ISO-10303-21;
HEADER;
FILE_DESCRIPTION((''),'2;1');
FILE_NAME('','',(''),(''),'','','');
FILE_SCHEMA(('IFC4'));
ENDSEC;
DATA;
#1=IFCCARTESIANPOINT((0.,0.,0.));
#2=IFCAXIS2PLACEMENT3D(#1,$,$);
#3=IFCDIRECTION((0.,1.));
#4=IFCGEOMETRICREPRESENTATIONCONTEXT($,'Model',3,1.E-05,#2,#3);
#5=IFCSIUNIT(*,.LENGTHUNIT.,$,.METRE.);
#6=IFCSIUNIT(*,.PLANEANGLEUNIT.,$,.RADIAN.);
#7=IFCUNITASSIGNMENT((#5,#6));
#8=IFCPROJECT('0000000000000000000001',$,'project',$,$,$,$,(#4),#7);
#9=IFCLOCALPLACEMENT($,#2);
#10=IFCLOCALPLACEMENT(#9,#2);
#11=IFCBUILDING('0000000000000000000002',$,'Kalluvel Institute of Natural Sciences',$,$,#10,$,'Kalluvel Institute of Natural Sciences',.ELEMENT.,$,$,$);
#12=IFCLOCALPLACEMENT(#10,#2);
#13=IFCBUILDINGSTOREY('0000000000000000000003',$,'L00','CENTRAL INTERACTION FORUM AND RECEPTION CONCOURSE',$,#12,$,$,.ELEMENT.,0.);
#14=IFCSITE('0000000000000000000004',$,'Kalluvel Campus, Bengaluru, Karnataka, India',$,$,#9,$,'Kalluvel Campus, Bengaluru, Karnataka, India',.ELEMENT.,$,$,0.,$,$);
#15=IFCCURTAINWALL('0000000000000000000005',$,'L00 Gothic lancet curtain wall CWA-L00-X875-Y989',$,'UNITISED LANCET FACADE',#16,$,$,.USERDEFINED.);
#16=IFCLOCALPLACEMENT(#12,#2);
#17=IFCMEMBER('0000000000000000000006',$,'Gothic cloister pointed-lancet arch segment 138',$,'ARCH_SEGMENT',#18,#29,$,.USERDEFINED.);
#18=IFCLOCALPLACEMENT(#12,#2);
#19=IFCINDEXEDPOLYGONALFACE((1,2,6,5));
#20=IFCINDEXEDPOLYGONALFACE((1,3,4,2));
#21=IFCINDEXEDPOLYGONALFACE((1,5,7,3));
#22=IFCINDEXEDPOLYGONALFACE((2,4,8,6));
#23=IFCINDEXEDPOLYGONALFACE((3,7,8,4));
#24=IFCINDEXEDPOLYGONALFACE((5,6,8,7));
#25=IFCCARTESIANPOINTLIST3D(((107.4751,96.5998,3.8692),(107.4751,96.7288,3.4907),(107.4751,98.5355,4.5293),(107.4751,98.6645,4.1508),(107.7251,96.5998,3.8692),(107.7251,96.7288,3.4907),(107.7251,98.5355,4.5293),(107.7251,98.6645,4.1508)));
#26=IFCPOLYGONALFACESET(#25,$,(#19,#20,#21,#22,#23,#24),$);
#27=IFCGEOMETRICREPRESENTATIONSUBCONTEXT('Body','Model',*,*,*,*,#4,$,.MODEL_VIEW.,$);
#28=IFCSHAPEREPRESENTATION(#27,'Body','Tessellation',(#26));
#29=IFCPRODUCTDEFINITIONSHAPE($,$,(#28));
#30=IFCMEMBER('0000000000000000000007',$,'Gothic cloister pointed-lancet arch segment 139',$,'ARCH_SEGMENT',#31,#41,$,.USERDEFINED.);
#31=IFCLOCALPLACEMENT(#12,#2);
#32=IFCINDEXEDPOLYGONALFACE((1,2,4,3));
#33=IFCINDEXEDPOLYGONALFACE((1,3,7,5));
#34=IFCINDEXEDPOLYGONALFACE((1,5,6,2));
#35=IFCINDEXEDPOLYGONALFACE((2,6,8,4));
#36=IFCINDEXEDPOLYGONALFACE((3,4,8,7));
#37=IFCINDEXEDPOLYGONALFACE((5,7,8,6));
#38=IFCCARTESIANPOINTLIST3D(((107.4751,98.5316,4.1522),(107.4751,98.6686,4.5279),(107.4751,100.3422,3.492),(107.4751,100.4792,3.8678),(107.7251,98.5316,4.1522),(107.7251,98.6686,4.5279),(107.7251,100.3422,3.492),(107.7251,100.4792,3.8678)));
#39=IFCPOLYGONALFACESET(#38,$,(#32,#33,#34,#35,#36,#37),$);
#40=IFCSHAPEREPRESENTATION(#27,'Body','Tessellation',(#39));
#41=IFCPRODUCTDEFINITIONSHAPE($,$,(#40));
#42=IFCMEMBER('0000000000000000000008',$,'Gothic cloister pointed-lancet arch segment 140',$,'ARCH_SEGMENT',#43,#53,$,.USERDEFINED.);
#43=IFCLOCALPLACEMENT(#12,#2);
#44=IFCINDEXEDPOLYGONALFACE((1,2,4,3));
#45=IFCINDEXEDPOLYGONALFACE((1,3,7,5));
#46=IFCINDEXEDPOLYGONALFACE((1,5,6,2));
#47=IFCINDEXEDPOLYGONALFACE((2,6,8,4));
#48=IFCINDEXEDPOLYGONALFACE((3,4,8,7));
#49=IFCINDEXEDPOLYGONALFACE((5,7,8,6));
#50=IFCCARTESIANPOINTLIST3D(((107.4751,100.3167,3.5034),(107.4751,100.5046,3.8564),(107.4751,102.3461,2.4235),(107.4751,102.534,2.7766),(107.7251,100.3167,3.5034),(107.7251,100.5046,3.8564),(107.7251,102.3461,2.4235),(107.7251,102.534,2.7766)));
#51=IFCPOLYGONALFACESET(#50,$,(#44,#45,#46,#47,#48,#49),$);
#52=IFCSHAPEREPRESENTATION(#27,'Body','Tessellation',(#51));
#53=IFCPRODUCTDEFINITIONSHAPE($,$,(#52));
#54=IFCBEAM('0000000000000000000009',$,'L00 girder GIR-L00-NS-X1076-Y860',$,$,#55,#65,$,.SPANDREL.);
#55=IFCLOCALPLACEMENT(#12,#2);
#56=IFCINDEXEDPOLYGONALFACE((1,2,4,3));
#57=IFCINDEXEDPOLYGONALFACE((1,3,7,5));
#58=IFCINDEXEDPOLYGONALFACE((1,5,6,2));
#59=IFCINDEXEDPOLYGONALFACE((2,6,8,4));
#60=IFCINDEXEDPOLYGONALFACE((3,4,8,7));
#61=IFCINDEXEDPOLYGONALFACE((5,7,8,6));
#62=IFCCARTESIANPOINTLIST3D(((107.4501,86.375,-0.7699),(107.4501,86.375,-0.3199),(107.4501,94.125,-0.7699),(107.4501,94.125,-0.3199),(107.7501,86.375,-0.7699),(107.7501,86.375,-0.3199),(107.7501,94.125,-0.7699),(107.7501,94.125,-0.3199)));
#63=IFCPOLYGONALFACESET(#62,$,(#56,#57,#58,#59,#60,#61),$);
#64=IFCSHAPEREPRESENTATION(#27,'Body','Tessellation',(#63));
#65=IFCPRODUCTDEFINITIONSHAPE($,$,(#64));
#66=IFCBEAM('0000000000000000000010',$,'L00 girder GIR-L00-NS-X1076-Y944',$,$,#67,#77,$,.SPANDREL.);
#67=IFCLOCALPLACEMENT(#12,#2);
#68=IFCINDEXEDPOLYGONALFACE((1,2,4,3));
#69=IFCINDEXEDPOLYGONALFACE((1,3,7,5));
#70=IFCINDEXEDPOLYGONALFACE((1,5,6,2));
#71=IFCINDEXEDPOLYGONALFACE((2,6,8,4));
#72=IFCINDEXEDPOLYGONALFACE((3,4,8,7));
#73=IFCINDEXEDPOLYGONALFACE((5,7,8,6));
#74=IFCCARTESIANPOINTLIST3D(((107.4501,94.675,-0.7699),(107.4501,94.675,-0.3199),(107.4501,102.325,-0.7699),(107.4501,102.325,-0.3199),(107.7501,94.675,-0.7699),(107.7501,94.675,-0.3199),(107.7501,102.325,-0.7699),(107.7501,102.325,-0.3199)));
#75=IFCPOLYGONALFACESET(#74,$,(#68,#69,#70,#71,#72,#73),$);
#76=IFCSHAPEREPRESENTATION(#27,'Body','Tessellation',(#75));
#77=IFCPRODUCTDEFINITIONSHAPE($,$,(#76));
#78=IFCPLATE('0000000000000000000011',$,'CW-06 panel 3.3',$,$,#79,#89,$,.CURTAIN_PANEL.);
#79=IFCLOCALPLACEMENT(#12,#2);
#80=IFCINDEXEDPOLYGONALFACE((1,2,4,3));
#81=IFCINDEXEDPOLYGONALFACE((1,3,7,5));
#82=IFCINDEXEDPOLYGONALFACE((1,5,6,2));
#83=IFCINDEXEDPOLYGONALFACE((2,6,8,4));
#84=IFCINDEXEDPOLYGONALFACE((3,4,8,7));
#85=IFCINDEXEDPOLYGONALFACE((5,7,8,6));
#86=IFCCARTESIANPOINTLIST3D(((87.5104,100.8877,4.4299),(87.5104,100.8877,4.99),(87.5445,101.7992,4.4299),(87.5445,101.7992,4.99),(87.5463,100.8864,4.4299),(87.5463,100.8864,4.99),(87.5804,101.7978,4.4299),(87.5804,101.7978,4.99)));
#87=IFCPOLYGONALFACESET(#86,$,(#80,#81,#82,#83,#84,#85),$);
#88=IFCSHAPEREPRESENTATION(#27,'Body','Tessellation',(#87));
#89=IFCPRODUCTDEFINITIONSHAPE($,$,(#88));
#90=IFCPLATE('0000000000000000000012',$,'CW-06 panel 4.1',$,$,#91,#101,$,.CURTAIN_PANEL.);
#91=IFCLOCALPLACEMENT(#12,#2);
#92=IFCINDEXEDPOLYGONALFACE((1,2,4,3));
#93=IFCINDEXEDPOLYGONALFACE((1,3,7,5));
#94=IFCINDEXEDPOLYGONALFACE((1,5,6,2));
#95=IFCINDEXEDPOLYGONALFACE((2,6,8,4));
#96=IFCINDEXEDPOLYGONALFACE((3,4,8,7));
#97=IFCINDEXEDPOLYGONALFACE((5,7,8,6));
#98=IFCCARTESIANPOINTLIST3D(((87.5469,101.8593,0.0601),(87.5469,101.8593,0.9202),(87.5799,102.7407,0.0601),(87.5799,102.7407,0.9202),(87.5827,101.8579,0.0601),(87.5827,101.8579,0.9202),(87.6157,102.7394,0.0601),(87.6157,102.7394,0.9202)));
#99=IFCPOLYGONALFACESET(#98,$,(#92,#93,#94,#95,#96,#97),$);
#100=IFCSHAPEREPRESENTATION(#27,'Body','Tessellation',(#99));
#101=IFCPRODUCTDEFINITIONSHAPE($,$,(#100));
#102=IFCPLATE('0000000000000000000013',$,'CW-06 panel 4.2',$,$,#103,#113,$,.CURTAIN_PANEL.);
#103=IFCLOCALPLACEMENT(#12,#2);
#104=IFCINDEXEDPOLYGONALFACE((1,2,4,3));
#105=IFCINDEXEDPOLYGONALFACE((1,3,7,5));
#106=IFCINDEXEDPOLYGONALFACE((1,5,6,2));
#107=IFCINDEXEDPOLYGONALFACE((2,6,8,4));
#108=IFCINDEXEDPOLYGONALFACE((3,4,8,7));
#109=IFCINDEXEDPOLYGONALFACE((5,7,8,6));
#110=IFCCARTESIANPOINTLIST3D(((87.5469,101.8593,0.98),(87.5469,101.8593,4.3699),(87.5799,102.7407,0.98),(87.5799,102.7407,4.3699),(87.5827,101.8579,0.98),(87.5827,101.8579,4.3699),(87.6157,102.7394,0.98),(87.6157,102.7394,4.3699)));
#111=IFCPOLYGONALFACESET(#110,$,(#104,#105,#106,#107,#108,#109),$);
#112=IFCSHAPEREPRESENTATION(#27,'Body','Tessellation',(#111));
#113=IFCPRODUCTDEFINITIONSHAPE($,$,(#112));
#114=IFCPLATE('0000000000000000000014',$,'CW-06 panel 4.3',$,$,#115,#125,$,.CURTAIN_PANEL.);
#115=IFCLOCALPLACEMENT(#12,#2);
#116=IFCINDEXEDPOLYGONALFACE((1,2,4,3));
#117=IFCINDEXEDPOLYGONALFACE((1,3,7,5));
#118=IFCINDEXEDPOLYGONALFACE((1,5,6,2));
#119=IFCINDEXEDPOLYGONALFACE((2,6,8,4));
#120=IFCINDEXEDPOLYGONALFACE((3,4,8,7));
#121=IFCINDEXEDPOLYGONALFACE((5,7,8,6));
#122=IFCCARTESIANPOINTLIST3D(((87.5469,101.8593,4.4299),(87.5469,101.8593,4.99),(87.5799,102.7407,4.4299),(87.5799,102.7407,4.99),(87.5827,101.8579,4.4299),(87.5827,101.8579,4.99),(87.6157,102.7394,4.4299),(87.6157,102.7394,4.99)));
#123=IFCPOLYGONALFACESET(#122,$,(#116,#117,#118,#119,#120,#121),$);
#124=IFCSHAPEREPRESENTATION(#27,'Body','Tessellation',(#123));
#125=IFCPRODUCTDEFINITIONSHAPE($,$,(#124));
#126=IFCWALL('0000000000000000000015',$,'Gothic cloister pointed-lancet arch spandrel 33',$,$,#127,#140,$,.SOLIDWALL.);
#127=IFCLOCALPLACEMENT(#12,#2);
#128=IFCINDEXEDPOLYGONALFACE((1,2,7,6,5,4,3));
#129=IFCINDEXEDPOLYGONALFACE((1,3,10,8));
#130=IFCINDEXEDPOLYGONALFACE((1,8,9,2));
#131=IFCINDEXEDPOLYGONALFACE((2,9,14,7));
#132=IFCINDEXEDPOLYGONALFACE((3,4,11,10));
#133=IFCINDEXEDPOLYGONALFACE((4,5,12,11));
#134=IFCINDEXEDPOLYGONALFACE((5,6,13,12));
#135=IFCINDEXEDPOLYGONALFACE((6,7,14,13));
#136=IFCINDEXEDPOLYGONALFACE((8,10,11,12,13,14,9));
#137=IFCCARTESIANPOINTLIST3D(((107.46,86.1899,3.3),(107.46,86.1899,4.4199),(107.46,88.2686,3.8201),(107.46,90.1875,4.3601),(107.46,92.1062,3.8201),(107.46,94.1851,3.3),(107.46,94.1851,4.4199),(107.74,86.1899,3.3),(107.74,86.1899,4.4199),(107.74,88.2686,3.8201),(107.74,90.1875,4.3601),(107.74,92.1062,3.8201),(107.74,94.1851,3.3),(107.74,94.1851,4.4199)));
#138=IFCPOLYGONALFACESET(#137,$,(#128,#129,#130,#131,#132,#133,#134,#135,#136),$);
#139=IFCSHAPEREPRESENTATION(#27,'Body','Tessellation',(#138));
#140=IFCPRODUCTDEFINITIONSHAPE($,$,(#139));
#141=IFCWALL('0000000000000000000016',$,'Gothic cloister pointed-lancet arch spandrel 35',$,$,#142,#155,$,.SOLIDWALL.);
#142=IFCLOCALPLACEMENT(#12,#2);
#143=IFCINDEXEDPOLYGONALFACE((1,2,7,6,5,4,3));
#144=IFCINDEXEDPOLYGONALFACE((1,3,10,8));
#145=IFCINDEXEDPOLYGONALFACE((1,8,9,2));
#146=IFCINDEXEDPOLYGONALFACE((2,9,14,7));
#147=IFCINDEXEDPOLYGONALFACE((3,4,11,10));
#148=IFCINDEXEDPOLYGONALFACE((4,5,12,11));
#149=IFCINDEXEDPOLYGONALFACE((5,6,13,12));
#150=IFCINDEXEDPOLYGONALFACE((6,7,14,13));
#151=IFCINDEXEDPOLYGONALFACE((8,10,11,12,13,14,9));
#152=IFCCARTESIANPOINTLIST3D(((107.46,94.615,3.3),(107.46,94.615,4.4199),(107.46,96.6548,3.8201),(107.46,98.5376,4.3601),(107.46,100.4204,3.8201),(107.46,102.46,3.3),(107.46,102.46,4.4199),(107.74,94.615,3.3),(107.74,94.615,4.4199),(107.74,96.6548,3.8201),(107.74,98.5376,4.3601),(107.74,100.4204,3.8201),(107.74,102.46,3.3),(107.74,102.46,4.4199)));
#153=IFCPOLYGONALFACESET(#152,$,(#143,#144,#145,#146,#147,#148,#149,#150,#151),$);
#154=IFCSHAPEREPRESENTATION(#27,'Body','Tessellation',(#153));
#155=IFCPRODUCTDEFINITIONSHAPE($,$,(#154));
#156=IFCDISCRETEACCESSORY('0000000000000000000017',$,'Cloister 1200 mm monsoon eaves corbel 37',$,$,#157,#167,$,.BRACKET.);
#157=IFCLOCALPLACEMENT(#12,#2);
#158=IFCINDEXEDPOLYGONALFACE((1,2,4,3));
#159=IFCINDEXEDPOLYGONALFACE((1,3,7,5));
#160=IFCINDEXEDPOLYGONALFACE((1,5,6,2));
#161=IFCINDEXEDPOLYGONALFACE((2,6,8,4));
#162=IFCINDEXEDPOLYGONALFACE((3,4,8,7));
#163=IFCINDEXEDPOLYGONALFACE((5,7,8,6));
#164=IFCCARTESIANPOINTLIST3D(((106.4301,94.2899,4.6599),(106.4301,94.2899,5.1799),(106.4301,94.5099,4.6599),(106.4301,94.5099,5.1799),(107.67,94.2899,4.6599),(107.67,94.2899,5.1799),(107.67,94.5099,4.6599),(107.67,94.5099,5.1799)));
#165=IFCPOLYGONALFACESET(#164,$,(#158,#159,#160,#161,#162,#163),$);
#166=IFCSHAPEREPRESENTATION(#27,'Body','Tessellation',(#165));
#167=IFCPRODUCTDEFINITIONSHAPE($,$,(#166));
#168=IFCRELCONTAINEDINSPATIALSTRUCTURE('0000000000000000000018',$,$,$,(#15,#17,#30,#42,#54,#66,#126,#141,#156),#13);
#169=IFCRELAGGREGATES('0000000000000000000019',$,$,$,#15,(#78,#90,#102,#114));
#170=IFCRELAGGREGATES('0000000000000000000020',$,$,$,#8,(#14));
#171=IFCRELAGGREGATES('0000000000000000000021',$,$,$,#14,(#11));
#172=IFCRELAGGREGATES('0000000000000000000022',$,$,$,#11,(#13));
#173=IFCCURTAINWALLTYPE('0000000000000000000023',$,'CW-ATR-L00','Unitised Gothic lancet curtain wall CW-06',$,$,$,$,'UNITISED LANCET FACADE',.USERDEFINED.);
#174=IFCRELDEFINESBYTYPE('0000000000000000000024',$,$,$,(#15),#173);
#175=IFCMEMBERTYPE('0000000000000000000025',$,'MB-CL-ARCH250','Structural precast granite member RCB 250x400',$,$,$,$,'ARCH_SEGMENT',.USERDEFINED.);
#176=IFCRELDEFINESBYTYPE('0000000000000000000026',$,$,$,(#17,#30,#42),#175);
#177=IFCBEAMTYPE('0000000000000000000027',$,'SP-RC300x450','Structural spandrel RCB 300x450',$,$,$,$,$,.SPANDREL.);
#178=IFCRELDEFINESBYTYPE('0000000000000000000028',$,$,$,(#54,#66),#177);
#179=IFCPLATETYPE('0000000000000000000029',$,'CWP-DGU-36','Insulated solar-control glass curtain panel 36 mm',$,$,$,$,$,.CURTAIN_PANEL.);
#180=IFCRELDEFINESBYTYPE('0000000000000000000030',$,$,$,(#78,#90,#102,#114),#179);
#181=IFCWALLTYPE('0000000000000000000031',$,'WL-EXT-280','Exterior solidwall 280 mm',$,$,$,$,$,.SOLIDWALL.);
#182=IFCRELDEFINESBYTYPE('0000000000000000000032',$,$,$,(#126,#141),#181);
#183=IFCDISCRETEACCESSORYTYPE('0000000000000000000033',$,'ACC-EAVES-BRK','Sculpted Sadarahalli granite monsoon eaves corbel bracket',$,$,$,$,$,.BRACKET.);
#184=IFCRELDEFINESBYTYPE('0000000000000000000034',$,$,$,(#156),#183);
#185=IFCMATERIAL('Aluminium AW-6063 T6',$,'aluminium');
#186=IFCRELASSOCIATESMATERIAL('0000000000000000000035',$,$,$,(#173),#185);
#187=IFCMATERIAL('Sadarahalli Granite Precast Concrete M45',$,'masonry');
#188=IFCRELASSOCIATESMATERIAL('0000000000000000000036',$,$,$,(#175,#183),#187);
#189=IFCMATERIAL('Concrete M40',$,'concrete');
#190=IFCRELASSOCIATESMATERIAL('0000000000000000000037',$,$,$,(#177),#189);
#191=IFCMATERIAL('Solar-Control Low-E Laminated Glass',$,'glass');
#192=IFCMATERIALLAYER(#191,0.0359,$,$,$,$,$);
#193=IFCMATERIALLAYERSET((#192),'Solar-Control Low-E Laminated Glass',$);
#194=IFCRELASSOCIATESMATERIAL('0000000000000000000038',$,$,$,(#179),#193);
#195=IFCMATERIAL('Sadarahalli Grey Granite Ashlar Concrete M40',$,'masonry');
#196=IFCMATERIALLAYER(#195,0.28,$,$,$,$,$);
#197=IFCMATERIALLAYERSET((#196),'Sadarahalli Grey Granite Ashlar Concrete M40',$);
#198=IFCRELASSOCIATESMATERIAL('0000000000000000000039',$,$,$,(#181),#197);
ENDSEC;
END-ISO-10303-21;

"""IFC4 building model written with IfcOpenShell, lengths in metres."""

from ifc_helpers import new_model, si_unit, direction, frame, origin, origin_2d, place, context, subcontext, project, spatial, polyline, rectangle, outline, extrude, material, layer, layer_set, material_profile, profile_set, type_object, element, aggregate, save


model = new_model("IFC4")

# Units and contexts
model_context = context("Model", 3, precision=1e-05, world=origin(), true_north=direction((0.0, 1.0)))
body_context = subcontext(model_context, "Body", "Model", "MODEL_VIEW")
ifc_project = project(units=[si_unit("LENGTHUNIT", "METRE"), si_unit("PLANEANGLEUNIT", "RADIAN")], contexts=[model_context])

# Site, building, storey
site_placement = place(None, origin())
site = spatial("IfcSite", under=ifc_project, at=site_placement, Name="Kalluvel Campus, Bengaluru, Karnataka, India", LongName="Kalluvel Campus, Bengaluru, Karnataka, India", CompositionType="ELEMENT", RefElevation=0.0)
building_placement = place(site_placement, origin())
building = spatial("IfcBuilding", under=site, at=building_placement, Name="Kalluvel Institute of Natural Sciences", LongName="Kalluvel Institute of Natural Sciences", CompositionType="ELEMENT")
storey_placement = place(building_placement, origin())
storey = spatial("IfcBuildingStorey", under=building, at=storey_placement, Name="L00", Description="CENTRAL INTERACTION FORUM AND RECEPTION CONCOURSE", CompositionType="ELEMENT", Elevation=0.0)

# Shared definitions
ifc_material_1 = material(Name="Concrete M40", Category="concrete")

# Curtain wall
ifc_material_2 = material(Name="Aluminium AW-6063 T6", Category="aluminium")
curtain_wall_type = type_object("IfcCurtainWallType", Name="CW-ATR-L00", Description="Unitised Gothic lancet curtain wall CW-06", ElementType="UNITISED LANCET FACADE", PredefinedType="USERDEFINED", material=ifc_material_2)
curtain_wall_placement = place(storey_placement, origin())
curtain_wall = element("IfcCurtainWall", 1, at=curtain_wall_placement, inside=storey, type_object=curtain_wall_type, Name="L00 Gothic lancet curtain wall CWA-L00-X875-Y989", ObjectType="UNITISED LANCET FACADE", PredefinedType="USERDEFINED")

# Members
ifc_material_3 = material(Name="Sadarahalli Granite Precast Concrete M45", Category="masonry")
ifc_material_profile_1 = material_profile(ifc_material_3, rectangle(XDim=0.25, YDim=0.3999, at=origin_2d()), Name="RCB 250x400")
ifc_profile_set_1 = profile_set([ifc_material_profile_1], Name="Sadarahalli Granite Precast Concrete M45")
member_type_1 = type_object("IfcMemberType", Name="MB-CL-ARCH250", Description="Structural precast granite member RCB 250x400", ElementType="ARCH_SEGMENT", PredefinedType="USERDEFINED", material=ifc_profile_set_1)
member_1_placement = place(storey_placement, frame((107.6001, 96.6643, 3.6799), z_axis=(0.0, 0.946476, 0.322774), x_axis=(-1.0, 0.0, 0.0)))
element("IfcMember", 2, at=member_1_placement, inside=storey, type_object=member_type_1, Name="Gothic cloister pointed-lancet arch segment 138", ObjectType="ARCH_SEGMENT", PredefinedType="USERDEFINED", context=body_context, shape_type="SweptSolid", body=[
    extrude(rectangle(XDim=0.25, YDim=0.3999, at=origin_2d()), origin(), (0.0, 0.0, 1.0), 2.0452),
])
member_2_placement = place(storey_placement, frame((107.6001, 98.6001, 4.3401), z_axis=(0.0, 0.939497, -0.342557), x_axis=(-1.0, 0.0, 0.0)))
element("IfcMember", 3, at=member_2_placement, inside=storey, type_object=member_type_1, Name="Gothic cloister pointed-lancet arch segment 139", ObjectType="ARCH_SEGMENT", PredefinedType="USERDEFINED", context=body_context, shape_type="SweptSolid", body=[
    extrude(rectangle(XDim=0.25, YDim=0.3999, at=origin_2d()), origin(), (0.0, 0.0, 1.0), 1.9272),
])
member_3_placement = place(storey_placement, frame((107.6001, 100.4106, 3.6799), z_axis=(0.0, 0.882796, -0.469756), x_axis=(-1.0, 0.0, 0.0)))
element("IfcMember", 4, at=member_3_placement, inside=storey, type_object=member_type_1, Name="Gothic cloister pointed-lancet arch segment 140", ObjectType="ARCH_SEGMENT", PredefinedType="USERDEFINED", context=body_context, shape_type="SweptSolid", body=[
    extrude(rectangle(XDim=0.25, YDim=0.3999, at=origin_2d()), origin(), (0.0, 0.0, 1.0), 2.2988),
])

# Beams
ifc_material_profile_2 = material_profile(ifc_material_1, rectangle(XDim=0.3, YDim=0.45, at=origin_2d()), Name="RCB 300x450")
ifc_profile_set_2 = profile_set([ifc_material_profile_2], Name="Concrete M40")
beam_type = type_object("IfcBeamType", Name="SP-RC300x450", Description="Structural spandrel RCB 300x450", PredefinedType="SPANDREL", material=ifc_profile_set_2)
beam_1_placement = place(storey_placement, frame((107.6001, 86.375, -0.5449), z_axis=(0.0, 1.0, 0.0), x_axis=(-1.0, 0.0, 0.0)))
element("IfcBeam", 5, at=beam_1_placement, inside=storey, type_object=beam_type, Name="L00 girder GIR-L00-NS-X1076-Y860", PredefinedType="SPANDREL", context=body_context, shape_type="SweptSolid", body=[
    extrude(rectangle(XDim=0.3, YDim=0.45, at=origin_2d()), origin(), (0.0, 0.0, 1.0), 7.75),
])
beam_2_placement = place(storey_placement, frame((107.6001, 94.675, -0.5449), z_axis=(0.0, 1.0, 0.0), x_axis=(-1.0, 0.0, 0.0)))
element("IfcBeam", 6, at=beam_2_placement, inside=storey, type_object=beam_type, Name="L00 girder GIR-L00-NS-X1076-Y944", PredefinedType="SPANDREL", context=body_context, shape_type="SweptSolid", body=[
    extrude(rectangle(XDim=0.3, YDim=0.45, at=origin_2d()), origin(), (0.0, 0.0, 1.0), 7.6499),
])

# Plates
ifc_material_4 = material(Name="Solar-Control Low-E Laminated Glass", Category="glass")
ifc_layer_1 = layer(ifc_material_4, 0.0359)
ifc_layer_set_1 = layer_set([ifc_layer_1], Name="Solar-Control Low-E Laminated Glass")
plate_type = type_object("IfcPlateType", Name="CWP-DGU-36", Description="Insulated solar-control glass curtain panel 36 mm", PredefinedType="CURTAIN_PANEL", material=ifc_layer_set_1)
plate_1_placement = place(storey_placement, frame((87.5454, 101.3428, 4.4299), z_axis=(0.0, 0.0, 1.0), x_axis=(0.03739, 0.999301, 0.0)))
plate_1 = element("IfcPlate", 7, at=plate_1_placement, type_object=plate_type, Name="CW-06 panel 3.3", PredefinedType="CURTAIN_PANEL", context=body_context, shape_type="SweptSolid", body=[
    extrude(rectangle(XDim=0.9121, YDim=0.0359, at=origin_2d()), origin(), (0.0, 0.0, 1.0), 0.5601),
])
plate_2_placement = place(storey_placement, frame((87.5813, 102.2993, 0.0601), z_axis=(0.0, 0.0, 1.0), x_axis=(0.03739, 0.999301, 0.0)))
plate_2 = element("IfcPlate", 8, at=plate_2_placement, type_object=plate_type, Name="CW-06 panel 4.1", PredefinedType="CURTAIN_PANEL", context=body_context, shape_type="SweptSolid", body=[
    extrude(rectangle(XDim=0.8821, YDim=0.0359, at=origin_2d()), origin(), (0.0, 0.0, 1.0), 0.8601),
])
plate_3_placement = place(storey_placement, frame((87.5813, 102.2993, 0.98), z_axis=(0.0, 0.0, 1.0), x_axis=(0.03739, 0.999301, 0.0)))
plate_3 = element("IfcPlate", 9, at=plate_3_placement, type_object=plate_type, Name="CW-06 panel 4.2", PredefinedType="CURTAIN_PANEL", context=body_context, shape_type="SweptSolid", body=[
    extrude(rectangle(XDim=0.8821, YDim=0.0359, at=origin_2d()), origin(), (0.0, 0.0, 1.0), 3.3899),
])
plate_4_placement = place(storey_placement, frame((87.5813, 102.2993, 4.4299), z_axis=(0.0, 0.0, 1.0), x_axis=(0.03739, 0.999301, 0.0)))
plate_4 = element("IfcPlate", 10, at=plate_4_placement, type_object=plate_type, Name="CW-06 panel 4.3", PredefinedType="CURTAIN_PANEL", context=body_context, shape_type="SweptSolid", body=[
    extrude(rectangle(XDim=0.8821, YDim=0.0359, at=origin_2d()), origin(), (0.0, 0.0, 1.0), 0.5601),
])
aggregate(curtain_wall, [plate_1, plate_2, plate_3, plate_4])

# Walls
ifc_material_5 = material(Name="Sadarahalli Grey Granite Ashlar Concrete M40", Category="masonry")
ifc_layer_2 = layer(ifc_material_5, 0.28)
ifc_layer_set_2 = layer_set([ifc_layer_2], Name="Sadarahalli Grey Granite Ashlar Concrete M40")
wall_type = type_object("IfcWallType", Name="WL-EXT-280", Description="Exterior solidwall 280 mm", PredefinedType="SOLIDWALL", material=ifc_layer_set_2)
wall_1_placement = place(storey_placement, frame((107.6001, 86.1899, 3.3), z_axis=(0.0, 0.0, 1.0), x_axis=(0.0, 1.0, 0.0)))
element("IfcWall", 11, at=wall_1_placement, inside=storey, type_object=wall_type, Name="Gothic cloister pointed-lancet arch spandrel 33", PredefinedType="SOLIDWALL", context=body_context, shape_type="SweptSolid", body=[
    extrude(outline(polyline([(0.0, 0.0), (2.0786, 0.52), (3.9976, 1.0601), (5.9163, 0.52), (7.9951, 0.0), (7.9951, 1.1199), (0.0, 1.1199), (0.0, 0.0)])), frame((0.0, 0.1401, 0.0), z_axis=(0.0, -1.0, 0.0), x_axis=(1.0, 0.0, 0.0)), (0.0, 0.0, 1.0), 0.28),
])
wall_2_placement = place(storey_placement, frame((107.6001, 94.615, 3.3), z_axis=(0.0, 0.0, 1.0), x_axis=(0.0, 1.0, 0.0)))
element("IfcWall", 12, at=wall_2_placement, inside=storey, type_object=wall_type, Name="Gothic cloister pointed-lancet arch spandrel 35", PredefinedType="SOLIDWALL", context=body_context, shape_type="SweptSolid", body=[
    extrude(outline(polyline([(0.0, 0.0), (2.0398, 0.52), (3.9226, 1.0601), (5.8054, 0.52), (7.845, 0.0), (7.845, 1.1199), (0.0, 1.1199), (0.0, 0.0)])), frame((0.0, 0.1401, 0.0), z_axis=(0.0, -1.0, 0.0), x_axis=(1.0, 0.0, 0.0)), (0.0, 0.0, 1.0), 0.28),
])

# Discrete accessory
discrete_accessory_type = type_object("IfcDiscreteAccessoryType", Name="ACC-EAVES-BRK", Description="Sculpted Sadarahalli granite monsoon eaves corbel bracket", PredefinedType="BRACKET", material=ifc_material_3)
discrete_accessory_placement = place(storey_placement, frame((107.05, 94.3999, 4.6599), z_axis=(0.0, 0.0, 1.0), x_axis=(1.0, 0.0, 0.0)))
element("IfcDiscreteAccessory", 13, at=discrete_accessory_placement, inside=storey, type_object=discrete_accessory_type, Name="Cloister 1200 mm monsoon eaves corbel 37", PredefinedType="BRACKET", context=body_context, shape_type="SweptSolid", body=[
    extrude(rectangle(XDim=1.24, YDim=0.22, at=origin_2d()), origin(), (0.0, 0.0, 1.0), 0.52),
])

save(model, "model.ifc")
